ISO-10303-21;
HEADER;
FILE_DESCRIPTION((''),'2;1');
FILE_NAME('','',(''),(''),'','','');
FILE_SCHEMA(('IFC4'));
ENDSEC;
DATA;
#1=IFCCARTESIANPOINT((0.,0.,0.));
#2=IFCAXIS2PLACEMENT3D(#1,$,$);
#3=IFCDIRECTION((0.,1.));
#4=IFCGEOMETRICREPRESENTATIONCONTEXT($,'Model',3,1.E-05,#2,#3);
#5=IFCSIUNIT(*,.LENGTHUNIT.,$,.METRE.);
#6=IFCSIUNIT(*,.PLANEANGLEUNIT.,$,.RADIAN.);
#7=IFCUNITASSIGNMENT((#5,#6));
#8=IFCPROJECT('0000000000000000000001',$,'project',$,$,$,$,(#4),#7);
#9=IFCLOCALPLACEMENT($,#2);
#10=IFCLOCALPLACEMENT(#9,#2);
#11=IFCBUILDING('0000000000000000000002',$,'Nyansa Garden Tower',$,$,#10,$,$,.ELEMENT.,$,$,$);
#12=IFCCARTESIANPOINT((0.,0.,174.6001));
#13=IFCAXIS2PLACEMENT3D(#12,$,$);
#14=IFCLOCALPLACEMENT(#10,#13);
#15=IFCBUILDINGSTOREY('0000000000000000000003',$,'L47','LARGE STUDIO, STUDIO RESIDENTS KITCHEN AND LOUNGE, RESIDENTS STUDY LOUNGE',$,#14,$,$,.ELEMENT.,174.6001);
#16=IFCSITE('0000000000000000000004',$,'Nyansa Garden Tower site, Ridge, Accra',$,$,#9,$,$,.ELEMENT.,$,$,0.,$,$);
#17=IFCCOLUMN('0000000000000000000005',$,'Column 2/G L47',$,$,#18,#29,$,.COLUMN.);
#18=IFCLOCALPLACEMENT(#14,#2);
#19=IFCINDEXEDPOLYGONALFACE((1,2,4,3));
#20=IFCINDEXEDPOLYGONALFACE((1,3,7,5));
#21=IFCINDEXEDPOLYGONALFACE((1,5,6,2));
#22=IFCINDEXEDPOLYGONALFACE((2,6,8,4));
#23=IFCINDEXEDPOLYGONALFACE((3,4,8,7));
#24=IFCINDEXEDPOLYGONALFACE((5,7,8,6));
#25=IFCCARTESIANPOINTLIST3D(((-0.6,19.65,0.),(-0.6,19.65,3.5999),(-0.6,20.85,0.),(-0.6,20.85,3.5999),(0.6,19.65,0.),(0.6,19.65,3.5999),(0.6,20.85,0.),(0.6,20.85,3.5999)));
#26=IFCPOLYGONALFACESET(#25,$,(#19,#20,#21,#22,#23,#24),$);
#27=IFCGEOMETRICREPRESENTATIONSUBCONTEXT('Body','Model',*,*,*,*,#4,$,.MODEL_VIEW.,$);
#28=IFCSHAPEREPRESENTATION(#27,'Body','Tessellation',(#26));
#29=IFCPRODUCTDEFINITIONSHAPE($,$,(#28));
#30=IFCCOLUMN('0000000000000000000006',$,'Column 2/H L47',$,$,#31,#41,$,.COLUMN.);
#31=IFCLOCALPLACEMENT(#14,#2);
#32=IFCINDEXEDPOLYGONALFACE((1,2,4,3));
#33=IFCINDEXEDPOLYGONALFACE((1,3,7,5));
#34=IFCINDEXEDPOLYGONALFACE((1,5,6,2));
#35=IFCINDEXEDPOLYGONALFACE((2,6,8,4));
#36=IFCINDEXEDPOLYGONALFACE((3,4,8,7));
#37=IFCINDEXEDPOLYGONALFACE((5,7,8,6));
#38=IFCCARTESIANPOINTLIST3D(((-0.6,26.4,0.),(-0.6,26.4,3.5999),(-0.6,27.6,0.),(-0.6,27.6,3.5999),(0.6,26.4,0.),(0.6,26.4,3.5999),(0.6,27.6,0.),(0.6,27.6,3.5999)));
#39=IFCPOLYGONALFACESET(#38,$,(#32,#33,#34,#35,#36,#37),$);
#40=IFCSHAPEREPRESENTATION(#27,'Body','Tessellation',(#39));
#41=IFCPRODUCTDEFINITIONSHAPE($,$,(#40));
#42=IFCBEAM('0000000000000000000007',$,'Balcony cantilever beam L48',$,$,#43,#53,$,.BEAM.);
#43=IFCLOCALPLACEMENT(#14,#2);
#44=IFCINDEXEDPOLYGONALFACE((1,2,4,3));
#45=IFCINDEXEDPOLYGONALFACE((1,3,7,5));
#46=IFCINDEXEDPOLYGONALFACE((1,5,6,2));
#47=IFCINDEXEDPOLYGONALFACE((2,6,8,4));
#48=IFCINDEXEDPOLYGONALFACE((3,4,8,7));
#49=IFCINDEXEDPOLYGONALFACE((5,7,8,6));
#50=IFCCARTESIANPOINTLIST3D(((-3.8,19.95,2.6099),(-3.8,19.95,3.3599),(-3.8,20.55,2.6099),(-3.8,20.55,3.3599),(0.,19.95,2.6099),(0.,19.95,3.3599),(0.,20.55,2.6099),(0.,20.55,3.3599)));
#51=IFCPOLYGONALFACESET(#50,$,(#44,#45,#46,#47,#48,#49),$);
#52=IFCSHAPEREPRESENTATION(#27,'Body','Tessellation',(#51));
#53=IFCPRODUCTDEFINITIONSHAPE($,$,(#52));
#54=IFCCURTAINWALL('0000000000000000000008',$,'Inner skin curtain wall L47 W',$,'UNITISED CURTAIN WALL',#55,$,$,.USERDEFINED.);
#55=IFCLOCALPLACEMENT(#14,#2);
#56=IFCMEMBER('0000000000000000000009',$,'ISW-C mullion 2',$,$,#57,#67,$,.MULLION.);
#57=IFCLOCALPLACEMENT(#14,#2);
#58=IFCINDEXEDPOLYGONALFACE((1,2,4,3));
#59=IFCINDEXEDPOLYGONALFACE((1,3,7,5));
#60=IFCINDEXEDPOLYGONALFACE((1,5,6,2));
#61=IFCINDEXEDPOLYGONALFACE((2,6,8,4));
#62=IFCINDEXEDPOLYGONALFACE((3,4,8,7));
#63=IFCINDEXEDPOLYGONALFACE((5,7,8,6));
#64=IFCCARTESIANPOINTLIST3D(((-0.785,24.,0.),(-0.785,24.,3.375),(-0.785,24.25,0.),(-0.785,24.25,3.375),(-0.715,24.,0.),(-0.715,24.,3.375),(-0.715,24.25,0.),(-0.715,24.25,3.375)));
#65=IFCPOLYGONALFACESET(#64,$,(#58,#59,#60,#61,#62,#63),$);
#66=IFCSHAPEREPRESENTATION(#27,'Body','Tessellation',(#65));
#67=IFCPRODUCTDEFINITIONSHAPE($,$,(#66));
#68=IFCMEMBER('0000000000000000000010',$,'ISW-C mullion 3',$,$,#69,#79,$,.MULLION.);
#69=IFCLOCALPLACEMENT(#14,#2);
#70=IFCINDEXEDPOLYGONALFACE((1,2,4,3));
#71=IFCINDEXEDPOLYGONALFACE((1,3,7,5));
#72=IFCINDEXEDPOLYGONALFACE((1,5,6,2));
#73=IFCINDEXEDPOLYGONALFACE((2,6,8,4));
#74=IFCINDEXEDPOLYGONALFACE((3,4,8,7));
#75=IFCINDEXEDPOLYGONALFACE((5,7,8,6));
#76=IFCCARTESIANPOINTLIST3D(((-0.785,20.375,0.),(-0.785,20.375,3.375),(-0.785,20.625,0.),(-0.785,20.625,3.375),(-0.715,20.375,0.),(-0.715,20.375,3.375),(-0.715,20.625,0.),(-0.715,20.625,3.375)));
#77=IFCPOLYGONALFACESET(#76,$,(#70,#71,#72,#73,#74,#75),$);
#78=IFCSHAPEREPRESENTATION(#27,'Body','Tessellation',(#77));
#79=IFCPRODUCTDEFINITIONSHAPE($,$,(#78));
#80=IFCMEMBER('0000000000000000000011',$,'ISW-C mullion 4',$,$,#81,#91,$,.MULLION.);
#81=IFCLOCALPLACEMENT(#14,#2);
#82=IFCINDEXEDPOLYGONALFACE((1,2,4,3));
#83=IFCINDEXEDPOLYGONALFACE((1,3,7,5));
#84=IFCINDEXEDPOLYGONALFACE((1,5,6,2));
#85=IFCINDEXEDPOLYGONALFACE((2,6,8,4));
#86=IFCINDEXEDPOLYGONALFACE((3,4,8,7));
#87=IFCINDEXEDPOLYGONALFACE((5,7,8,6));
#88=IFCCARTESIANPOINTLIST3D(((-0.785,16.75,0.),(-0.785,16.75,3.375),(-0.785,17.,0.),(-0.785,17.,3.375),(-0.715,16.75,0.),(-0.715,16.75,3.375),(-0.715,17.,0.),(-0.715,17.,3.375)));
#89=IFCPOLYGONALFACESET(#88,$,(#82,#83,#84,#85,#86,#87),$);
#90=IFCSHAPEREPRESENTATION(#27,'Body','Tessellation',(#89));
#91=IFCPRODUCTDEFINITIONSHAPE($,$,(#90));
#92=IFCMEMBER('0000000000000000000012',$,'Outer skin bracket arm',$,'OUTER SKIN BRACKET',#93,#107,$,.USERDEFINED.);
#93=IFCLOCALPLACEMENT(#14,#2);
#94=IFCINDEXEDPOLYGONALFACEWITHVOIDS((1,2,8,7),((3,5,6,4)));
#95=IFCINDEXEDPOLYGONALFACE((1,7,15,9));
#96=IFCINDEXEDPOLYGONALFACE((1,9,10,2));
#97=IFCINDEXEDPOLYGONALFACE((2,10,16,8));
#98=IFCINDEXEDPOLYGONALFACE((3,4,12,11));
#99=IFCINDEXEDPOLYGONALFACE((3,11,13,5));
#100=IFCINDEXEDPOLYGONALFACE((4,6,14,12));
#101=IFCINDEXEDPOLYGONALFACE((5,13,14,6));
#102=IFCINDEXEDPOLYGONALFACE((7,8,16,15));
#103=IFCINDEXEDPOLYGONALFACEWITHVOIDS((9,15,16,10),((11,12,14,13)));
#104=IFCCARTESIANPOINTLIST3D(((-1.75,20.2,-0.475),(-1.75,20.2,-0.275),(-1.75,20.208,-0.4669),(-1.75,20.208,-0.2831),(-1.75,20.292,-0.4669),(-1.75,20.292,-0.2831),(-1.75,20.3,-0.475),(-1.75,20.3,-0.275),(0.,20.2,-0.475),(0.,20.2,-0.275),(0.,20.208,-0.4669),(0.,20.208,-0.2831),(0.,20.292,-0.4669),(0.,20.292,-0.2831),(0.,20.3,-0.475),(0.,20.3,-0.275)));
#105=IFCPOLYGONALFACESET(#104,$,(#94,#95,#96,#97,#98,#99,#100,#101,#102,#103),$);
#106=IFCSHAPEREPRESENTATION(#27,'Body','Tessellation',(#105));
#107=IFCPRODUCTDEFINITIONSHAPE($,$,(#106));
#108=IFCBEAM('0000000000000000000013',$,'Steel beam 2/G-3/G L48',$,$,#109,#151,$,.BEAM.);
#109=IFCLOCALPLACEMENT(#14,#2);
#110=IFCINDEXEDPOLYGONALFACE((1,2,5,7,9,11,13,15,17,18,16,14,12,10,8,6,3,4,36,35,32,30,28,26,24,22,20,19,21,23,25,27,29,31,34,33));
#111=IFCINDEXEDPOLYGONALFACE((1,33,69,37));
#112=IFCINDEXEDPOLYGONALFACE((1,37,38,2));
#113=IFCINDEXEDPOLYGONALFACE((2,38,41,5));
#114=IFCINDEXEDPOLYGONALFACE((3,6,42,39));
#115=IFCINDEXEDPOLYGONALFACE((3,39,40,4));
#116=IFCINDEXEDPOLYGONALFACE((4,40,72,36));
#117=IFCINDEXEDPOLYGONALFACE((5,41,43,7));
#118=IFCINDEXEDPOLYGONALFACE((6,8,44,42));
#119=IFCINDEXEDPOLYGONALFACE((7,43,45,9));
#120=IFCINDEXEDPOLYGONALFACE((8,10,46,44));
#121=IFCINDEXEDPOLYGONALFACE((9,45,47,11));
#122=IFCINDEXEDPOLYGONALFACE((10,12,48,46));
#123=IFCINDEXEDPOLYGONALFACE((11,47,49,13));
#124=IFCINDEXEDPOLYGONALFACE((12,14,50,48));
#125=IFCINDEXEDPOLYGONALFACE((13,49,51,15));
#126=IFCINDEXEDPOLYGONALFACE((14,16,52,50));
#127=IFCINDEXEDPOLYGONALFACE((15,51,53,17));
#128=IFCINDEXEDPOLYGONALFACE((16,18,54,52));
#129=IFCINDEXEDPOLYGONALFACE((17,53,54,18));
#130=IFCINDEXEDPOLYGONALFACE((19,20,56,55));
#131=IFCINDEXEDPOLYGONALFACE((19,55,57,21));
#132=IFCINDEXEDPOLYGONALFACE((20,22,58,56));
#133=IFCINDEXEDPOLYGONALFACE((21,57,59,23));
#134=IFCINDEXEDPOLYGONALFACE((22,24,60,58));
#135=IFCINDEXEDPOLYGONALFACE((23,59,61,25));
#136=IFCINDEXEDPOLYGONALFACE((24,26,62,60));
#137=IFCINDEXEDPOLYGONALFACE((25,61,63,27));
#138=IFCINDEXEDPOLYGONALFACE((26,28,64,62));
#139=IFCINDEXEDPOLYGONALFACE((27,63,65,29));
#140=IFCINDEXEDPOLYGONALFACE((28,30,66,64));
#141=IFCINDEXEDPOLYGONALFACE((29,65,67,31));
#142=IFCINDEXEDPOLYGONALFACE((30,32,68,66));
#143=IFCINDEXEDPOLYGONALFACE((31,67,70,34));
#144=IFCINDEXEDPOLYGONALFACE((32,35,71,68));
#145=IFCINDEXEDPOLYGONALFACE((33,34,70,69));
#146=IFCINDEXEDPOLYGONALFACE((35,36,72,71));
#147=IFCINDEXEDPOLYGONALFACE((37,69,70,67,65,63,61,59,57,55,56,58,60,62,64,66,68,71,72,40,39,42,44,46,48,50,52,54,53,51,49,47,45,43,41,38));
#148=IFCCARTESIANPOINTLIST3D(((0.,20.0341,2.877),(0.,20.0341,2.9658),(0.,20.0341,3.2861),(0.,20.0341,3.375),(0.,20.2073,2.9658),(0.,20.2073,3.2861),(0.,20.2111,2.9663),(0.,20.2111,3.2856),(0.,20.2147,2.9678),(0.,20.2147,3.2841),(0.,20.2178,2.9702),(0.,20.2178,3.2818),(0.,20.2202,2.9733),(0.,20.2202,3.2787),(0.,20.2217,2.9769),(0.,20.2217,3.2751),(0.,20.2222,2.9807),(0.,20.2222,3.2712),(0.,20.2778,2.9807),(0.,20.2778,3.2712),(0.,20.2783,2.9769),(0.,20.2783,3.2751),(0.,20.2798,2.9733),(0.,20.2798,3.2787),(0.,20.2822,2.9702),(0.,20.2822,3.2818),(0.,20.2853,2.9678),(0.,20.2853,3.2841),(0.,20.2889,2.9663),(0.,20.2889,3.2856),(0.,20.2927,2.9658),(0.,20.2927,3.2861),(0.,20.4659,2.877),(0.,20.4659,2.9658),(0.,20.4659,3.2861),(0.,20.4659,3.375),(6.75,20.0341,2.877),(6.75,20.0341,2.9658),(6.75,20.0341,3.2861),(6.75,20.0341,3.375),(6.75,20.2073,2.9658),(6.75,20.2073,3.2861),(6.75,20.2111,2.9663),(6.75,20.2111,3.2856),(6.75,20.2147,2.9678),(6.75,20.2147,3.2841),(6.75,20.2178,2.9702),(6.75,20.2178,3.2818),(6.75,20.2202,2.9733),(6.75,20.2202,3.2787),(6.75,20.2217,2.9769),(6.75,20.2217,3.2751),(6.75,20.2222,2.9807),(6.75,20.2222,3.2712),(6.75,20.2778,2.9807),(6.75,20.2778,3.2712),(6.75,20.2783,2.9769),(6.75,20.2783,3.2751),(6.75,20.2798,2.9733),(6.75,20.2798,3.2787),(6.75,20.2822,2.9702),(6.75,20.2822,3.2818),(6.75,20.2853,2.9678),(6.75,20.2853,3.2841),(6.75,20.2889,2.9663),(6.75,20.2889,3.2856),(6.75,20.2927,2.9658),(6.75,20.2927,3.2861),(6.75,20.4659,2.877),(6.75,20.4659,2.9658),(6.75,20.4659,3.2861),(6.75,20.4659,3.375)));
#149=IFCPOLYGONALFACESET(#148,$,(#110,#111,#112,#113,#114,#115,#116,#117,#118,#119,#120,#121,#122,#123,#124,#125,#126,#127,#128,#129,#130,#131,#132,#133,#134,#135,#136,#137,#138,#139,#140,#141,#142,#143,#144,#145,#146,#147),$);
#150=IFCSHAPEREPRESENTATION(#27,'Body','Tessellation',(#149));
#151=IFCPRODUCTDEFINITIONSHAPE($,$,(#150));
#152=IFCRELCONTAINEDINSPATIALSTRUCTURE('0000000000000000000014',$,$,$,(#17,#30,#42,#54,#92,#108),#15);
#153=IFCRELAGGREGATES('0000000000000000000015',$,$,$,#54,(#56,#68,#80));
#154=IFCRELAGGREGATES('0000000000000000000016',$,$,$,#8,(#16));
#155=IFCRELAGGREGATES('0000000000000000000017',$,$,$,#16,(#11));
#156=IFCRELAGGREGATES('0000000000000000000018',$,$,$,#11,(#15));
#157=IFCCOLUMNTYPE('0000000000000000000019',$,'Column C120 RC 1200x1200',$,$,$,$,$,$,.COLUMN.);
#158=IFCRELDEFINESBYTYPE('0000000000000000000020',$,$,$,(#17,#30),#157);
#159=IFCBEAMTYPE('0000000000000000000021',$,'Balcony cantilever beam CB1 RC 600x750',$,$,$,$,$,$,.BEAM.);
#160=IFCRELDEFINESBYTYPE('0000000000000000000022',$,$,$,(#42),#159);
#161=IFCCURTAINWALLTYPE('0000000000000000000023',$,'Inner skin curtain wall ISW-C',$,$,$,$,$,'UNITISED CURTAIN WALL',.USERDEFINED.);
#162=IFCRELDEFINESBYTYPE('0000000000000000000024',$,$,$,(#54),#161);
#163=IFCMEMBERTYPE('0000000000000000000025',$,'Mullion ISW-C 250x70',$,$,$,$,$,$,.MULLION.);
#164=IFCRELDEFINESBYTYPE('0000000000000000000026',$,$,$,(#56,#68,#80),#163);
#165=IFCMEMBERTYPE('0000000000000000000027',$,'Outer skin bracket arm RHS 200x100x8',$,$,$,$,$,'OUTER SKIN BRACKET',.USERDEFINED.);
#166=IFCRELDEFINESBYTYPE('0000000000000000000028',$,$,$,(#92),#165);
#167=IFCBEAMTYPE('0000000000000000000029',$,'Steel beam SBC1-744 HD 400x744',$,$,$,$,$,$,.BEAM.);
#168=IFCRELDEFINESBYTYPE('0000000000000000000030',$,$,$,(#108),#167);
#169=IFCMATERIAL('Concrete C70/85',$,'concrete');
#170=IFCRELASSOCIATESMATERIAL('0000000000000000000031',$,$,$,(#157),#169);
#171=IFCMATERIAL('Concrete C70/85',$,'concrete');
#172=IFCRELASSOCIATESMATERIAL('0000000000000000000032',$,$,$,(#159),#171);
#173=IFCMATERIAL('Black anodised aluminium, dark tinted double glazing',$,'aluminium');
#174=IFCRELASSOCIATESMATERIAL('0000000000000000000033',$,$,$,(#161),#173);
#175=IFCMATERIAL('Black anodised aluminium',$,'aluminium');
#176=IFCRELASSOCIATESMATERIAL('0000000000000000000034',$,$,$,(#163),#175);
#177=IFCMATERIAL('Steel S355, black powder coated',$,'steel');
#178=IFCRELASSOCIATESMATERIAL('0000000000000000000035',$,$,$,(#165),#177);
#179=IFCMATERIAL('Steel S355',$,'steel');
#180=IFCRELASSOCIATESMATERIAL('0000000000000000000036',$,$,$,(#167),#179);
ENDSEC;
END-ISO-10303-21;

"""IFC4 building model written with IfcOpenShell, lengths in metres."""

from ifc_helpers import new_model, si_unit, direction, frame, origin, origin_2d, place, context, subcontext, project, spatial, rectangle, hollow_rectangle, i_section, extrude, material, material_profile, profile_set, type_object, element, aggregate, save


model = new_model("IFC4")

# Units and contexts
model_context = context("Model", 3, precision=1e-05, world=origin(), true_north=direction((0.0, 1.0)))
body_context = subcontext(model_context, "Body", "Model", "MODEL_VIEW")
ifc_project = project(units=[si_unit("LENGTHUNIT", "METRE"), si_unit("PLANEANGLEUNIT", "RADIAN")], contexts=[model_context])

# Site, building, storey
site_placement = place(None, origin())
site = spatial("IfcSite", under=ifc_project, at=site_placement, Name="Nyansa Garden Tower site, Ridge, Accra", CompositionType="ELEMENT", RefElevation=0.0)
building_placement = place(site_placement, origin())
building = spatial("IfcBuilding", under=site, at=building_placement, Name="Nyansa Garden Tower", CompositionType="ELEMENT")
storey_placement = place(building_placement, frame((0.0, 0.0, 174.6001)))
storey = spatial("IfcBuildingStorey", under=building, at=storey_placement, Name="L47", Description="LARGE STUDIO, STUDIO RESIDENTS KITCHEN AND LOUNGE, RESIDENTS STUDY LOUNGE", CompositionType="ELEMENT", Elevation=174.6001)

# Columns
ifc_material_1 = material(Name="Concrete C70/85", Category="concrete")
ifc_material_profile_1 = material_profile(ifc_material_1, rectangle(XDim=1.2, YDim=1.2, at=origin_2d()), Name="RC 1200x1200")
ifc_profile_set_1 = profile_set([ifc_material_profile_1], Name="Concrete C70/85")
column_type = type_object("IfcColumnType", Name="Column C120 RC 1200x1200", PredefinedType="COLUMN", material=ifc_profile_set_1)
for number, where, z_axis, x_axis, name in (
    (1, (0.0, 20.25, 0.0), (0.0, 0.0, 1.0), (1.0, 0.0, 0.0), "Column 2/G L47"),
    (2, (0.0, 27.0, 0.0), (0.0, 0.0, 1.0), (1.0, 0.0, 0.0), "Column 2/H L47"),
):
    element("IfcColumn", number, at=place(storey_placement, frame(where, z_axis=z_axis, x_axis=x_axis)), inside=storey, type_object=column_type, Name=name, PredefinedType="COLUMN", context=body_context, shape_type="SweptSolid", body=[
        extrude(rectangle(XDim=1.2, YDim=1.2, at=origin_2d()), origin(), (0.0, 0.0, 1.0), 3.5999),
    ])

# Beam
ifc_material_2 = material(Name="Concrete C70/85", Category="concrete")
ifc_material_profile_2 = material_profile(ifc_material_2, rectangle(XDim=0.6001, YDim=0.75, at=origin_2d()), Name="RC 600x750")
ifc_profile_set_2 = profile_set([ifc_material_profile_2], Name="Concrete C70/85")
beam_type_1 = type_object("IfcBeamType", Name="Balcony cantilever beam CB1 RC 600x750", PredefinedType="BEAM", material=ifc_profile_set_2)
beam_1_placement = place(storey_placement, frame((0.0, 20.25, 2.9849), z_axis=(-1.0, 0.0, 0.0), x_axis=(0.0, -1.0, 0.0)))
element("IfcBeam", 3, at=beam_1_placement, inside=storey, type_object=beam_type_1, Name="Balcony cantilever beam L48", PredefinedType="BEAM", context=body_context, shape_type="SweptSolid", body=[
    extrude(rectangle(XDim=0.6001, YDim=0.75, at=origin_2d()), origin(), (0.0, 0.0, 1.0), 3.8),
])

# Curtain wall, members
ifc_material_3 = material(Name="Black anodised aluminium, dark tinted double glazing", Category="aluminium")
curtain_wall_type = type_object("IfcCurtainWallType", Name="Inner skin curtain wall ISW-C", ElementType="UNITISED CURTAIN WALL", PredefinedType="USERDEFINED", material=ifc_material_3)
curtain_wall_placement = place(storey_placement, origin())
curtain_wall = element("IfcCurtainWall", 4, at=curtain_wall_placement, inside=storey, type_object=curtain_wall_type, Name="Inner skin curtain wall L47 W", ObjectType="UNITISED CURTAIN WALL", PredefinedType="USERDEFINED")
ifc_material_4 = material(Name="Black anodised aluminium", Category="aluminium")
ifc_material_profile_3 = material_profile(ifc_material_4, rectangle(XDim=0.0701, YDim=0.25, at=origin_2d()), Name="Mullion 250x70")
ifc_profile_set_3 = profile_set([ifc_material_profile_3], Name="Black anodised aluminium")
member_type_1 = type_object("IfcMemberType", Name="Mullion ISW-C 250x70", PredefinedType="MULLION", material=ifc_profile_set_3)
member_1_placement = place(storey_placement, frame((-0.75, 24.125, 0.0), z_axis=(0.0, 0.0, 1.0), x_axis=(1.0, 0.0, 0.0)))
member_1 = element("IfcMember", 5, at=member_1_placement, type_object=member_type_1, Name="ISW-C mullion 2", PredefinedType="MULLION", context=body_context, shape_type="SweptSolid", body=[
    extrude(rectangle(XDim=0.0701, YDim=0.25, at=origin_2d()), origin(), (0.0, 0.0, 1.0), 3.375),
])
member_2_placement = place(storey_placement, frame((-0.75, 20.5, 0.0), z_axis=(0.0, 0.0, 1.0), x_axis=(1.0, 0.0, 0.0)))
member_2 = element("IfcMember", 6, at=member_2_placement, type_object=member_type_1, Name="ISW-C mullion 3", PredefinedType="MULLION", context=body_context, shape_type="SweptSolid", body=[
    extrude(rectangle(XDim=0.0701, YDim=0.25, at=origin_2d()), origin(), (0.0, 0.0, 1.0), 3.375),
])
member_3_placement = place(storey_placement, frame((-0.75, 16.875, 0.0), z_axis=(0.0, 0.0, 1.0), x_axis=(1.0, 0.0, 0.0)))
member_3 = element("IfcMember", 7, at=member_3_placement, type_object=member_type_1, Name="ISW-C mullion 4", PredefinedType="MULLION", context=body_context, shape_type="SweptSolid", body=[
    extrude(rectangle(XDim=0.0701, YDim=0.25, at=origin_2d()), origin(), (0.0, 0.0, 1.0), 3.375),
])

# Member
ifc_material_5 = material(Name="Steel S355, black powder coated", Category="steel")
ifc_material_profile_4 = material_profile(ifc_material_5, hollow_rectangle(XDim=0.1001, YDim=0.2, WallThickness=0.0081, at=origin_2d()), Name="RHS 200x100x8")
ifc_profile_set_4 = profile_set([ifc_material_profile_4], Name="Steel S355, black powder coated")
member_type_2 = type_object("IfcMemberType", Name="Outer skin bracket arm RHS 200x100x8", ElementType="OUTER SKIN BRACKET", PredefinedType="USERDEFINED", material=ifc_profile_set_4)
member_4_placement = place(storey_placement, frame((0.0, 20.25, -0.375), z_axis=(-1.0, 0.0, 0.0), x_axis=(0.0, -1.0, 0.0)))
element("IfcMember", 8, at=member_4_placement, inside=storey, type_object=member_type_2, Name="Outer skin bracket arm", ObjectType="OUTER SKIN BRACKET", PredefinedType="USERDEFINED", context=body_context, shape_type="SweptSolid", body=[
    extrude(hollow_rectangle(XDim=0.1001, YDim=0.2, WallThickness=0.0081, at=origin_2d()), origin(), (0.0, 0.0, 1.0), 1.75),
])

# Beam
ifc_material_6 = material(Name="Steel S355", Category="steel")
ifc_material_profile_5 = material_profile(ifc_material_6, i_section(OverallWidth=0.4319, OverallDepth=0.498, WebThickness=0.0557, FlangeThickness=0.0889, FilletRadius=0.0149, at=origin_2d()), Name="HD 400x744")
ifc_profile_set_5 = profile_set([ifc_material_profile_5], Name="Steel S355")
beam_type_2 = type_object("IfcBeamType", Name="Steel beam SBC1-744 HD 400x744", PredefinedType="BEAM", material=ifc_profile_set_5)
beam_2_placement = place(storey_placement, frame((0.0, 20.25, 3.126), z_axis=(1.0, 0.0, 0.0), x_axis=(0.0, 1.0, 0.0)))
element("IfcBeam", 9, at=beam_2_placement, inside=storey, type_object=beam_type_2, Name="Steel beam 2/G-3/G L48", PredefinedType="BEAM", context=body_context, shape_type="SweptSolid", body=[
    extrude(i_section(OverallWidth=0.4319, OverallDepth=0.498, WebThickness=0.0557, FlangeThickness=0.0889, FilletRadius=0.0149, at=origin_2d()), origin(), (0.0, 0.0, 1.0), 6.75),
])

aggregate(curtain_wall, [member_1, member_2, member_3])

save(model, "model.ifc")
